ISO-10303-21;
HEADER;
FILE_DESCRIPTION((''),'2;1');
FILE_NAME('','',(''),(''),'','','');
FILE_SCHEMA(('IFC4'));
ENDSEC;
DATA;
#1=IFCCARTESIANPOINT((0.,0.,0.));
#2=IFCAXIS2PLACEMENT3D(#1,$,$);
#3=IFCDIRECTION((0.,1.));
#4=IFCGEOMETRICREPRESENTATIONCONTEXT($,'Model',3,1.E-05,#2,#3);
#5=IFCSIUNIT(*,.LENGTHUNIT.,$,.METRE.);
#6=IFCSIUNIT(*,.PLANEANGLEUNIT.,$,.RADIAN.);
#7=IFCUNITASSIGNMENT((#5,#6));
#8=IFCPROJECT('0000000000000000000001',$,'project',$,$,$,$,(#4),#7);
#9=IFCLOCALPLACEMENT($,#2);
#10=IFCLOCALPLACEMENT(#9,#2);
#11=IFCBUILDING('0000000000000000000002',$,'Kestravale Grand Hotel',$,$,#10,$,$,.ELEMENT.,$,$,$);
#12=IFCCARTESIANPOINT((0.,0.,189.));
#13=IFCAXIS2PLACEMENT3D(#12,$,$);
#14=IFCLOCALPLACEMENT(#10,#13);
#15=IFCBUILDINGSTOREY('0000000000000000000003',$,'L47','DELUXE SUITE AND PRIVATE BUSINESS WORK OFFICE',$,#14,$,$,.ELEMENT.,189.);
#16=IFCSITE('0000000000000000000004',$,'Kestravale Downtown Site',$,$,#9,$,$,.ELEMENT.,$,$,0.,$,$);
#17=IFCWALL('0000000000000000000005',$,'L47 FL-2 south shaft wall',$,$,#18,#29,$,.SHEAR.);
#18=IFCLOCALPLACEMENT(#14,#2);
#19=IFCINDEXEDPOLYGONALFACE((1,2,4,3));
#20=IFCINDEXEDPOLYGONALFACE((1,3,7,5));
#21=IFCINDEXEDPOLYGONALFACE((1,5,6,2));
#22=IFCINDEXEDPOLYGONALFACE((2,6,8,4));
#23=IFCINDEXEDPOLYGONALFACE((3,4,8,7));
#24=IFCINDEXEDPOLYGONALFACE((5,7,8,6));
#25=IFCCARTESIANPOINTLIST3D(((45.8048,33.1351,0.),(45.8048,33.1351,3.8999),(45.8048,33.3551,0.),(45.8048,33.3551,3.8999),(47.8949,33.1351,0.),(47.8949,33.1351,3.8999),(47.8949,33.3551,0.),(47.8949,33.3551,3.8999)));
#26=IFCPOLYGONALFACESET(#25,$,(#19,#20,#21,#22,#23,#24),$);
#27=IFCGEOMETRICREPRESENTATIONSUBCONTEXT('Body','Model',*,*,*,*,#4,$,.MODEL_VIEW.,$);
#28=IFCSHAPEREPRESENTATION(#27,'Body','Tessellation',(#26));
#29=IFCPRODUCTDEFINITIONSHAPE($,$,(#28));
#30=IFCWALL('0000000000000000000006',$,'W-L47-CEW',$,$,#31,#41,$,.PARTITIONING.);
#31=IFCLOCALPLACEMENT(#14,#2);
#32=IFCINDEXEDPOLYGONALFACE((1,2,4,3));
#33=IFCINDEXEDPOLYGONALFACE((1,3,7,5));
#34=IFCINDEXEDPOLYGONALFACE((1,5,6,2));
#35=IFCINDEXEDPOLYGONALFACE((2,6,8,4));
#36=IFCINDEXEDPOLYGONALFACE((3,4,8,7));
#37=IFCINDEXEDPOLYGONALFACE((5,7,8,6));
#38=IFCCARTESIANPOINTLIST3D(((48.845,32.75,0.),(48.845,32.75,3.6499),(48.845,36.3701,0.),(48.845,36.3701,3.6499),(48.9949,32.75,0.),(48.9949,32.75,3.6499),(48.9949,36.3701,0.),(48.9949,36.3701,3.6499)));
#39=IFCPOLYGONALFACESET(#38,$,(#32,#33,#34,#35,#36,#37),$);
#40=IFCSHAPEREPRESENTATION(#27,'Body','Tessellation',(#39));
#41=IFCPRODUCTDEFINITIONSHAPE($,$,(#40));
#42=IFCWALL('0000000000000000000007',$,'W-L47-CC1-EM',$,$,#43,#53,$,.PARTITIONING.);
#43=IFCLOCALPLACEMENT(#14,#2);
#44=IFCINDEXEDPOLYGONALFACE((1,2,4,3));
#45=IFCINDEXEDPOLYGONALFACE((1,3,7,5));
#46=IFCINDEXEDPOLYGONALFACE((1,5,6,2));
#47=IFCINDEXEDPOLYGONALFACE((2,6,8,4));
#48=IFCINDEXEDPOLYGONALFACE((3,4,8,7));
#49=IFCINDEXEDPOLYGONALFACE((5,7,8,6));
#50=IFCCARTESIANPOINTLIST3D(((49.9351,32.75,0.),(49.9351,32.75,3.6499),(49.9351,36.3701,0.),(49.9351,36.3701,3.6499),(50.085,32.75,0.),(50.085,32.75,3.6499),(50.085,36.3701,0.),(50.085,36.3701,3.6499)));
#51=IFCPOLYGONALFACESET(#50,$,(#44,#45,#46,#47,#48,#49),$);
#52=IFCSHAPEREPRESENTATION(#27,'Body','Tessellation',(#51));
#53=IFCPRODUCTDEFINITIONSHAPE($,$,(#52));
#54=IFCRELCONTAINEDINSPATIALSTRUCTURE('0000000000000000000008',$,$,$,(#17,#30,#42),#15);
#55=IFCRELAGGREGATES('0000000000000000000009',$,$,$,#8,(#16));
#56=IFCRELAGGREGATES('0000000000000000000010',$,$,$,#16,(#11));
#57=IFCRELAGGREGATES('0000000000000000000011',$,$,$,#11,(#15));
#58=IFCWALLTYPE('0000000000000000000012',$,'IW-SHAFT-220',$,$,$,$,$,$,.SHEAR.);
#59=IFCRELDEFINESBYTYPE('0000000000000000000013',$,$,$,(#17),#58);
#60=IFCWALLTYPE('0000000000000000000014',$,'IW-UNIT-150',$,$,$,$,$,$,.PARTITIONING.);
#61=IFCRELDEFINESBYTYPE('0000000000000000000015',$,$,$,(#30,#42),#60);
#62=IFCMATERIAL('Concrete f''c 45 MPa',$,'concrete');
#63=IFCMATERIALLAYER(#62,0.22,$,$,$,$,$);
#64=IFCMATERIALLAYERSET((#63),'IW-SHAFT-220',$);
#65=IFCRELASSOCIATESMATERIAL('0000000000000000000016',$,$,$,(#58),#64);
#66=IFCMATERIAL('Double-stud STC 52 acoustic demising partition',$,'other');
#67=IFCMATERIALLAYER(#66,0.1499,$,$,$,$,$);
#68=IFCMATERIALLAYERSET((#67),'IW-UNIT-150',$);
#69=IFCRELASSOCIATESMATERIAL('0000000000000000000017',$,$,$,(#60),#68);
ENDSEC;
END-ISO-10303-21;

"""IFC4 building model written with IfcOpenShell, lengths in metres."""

from ifc_helpers import new_model, si_unit, direction, frame, frame_2d, origin, place, context, subcontext, project, spatial, rectangle, extrude, material, layer, layer_set, type_object, element, save


model = new_model("IFC4")

# Units and contexts
model_context = context("Model", 3, precision=1e-05, world=origin(), true_north=direction((0.0, 1.0)))
body_context = subcontext(model_context, "Body", "Model", "MODEL_VIEW")
ifc_project = project(units=[si_unit("LENGTHUNIT", "METRE"), si_unit("PLANEANGLEUNIT", "RADIAN")], contexts=[model_context])

# Site, building, storey
site_placement = place(None, origin())
site = spatial("IfcSite", under=ifc_project, at=site_placement, Name="Kestravale Downtown Site", CompositionType="ELEMENT", RefElevation=0.0)
building_placement = place(site_placement, origin())
building = spatial("IfcBuilding", under=site, at=building_placement, Name="Kestravale Grand Hotel", CompositionType="ELEMENT")
storey_placement = place(building_placement, frame((0.0, 0.0, 189.0)))
storey = spatial("IfcBuildingStorey", under=building, at=storey_placement, Name="L47", Description="DELUXE SUITE AND PRIVATE BUSINESS WORK OFFICE", CompositionType="ELEMENT", Elevation=189.0)

# Shared definitions
ifc_material_1 = material(Name="Concrete f'c 45 MPa", Category="concrete")
ifc_layer_1 = layer(ifc_material_1, 0.22)
ifc_layer_set_1 = layer_set([ifc_layer_1], Name="IW-SHAFT-220")
wall_type_1 = type_object("IfcWallType", Name="IW-SHAFT-220", PredefinedType="SHEAR", material=ifc_layer_set_1)

# Walls
wall_1_placement = place(storey_placement, frame((45.8049, 33.2451, 0.0), z_axis=(0.0, 0.0, 1.0), x_axis=(1.0, 0.0, 0.0)))
element("IfcWall", 1, at=wall_1_placement, inside=storey, type_object=wall_type_1, Name="L47 FL-2 south shaft wall", PredefinedType="SHEAR", context=body_context, shape_type="SweptSolid", body=[
    extrude(rectangle(XDim=2.0901, YDim=0.22, at=frame_2d((1.0449, 0.0))), origin(), (0.0, 0.0, 1.0), 3.8999),
])
ifc_material_2 = material(Name="Double-stud STC 52 acoustic demising partition", Category="other")
ifc_layer_2 = layer(ifc_material_2, 0.1499)
ifc_layer_set_2 = layer_set([ifc_layer_2], Name="IW-UNIT-150")
wall_type_2 = type_object("IfcWallType", Name="IW-UNIT-150", PredefinedType="PARTITIONING", material=ifc_layer_set_2)
for number, where, z_axis, x_axis, name in (
    (2, (48.9199, 32.75, 0.0), (0.0, 0.0, 1.0), (0.0, 1.0, 0.0), "W-L47-CEW"),
    (3, (50.01, 32.75, 0.0), (0.0, 0.0, 1.0), (0.0, 1.0, 0.0), "W-L47-CC1-EM"),
):
    element("IfcWall", number, at=place(storey_placement, frame(where, z_axis=z_axis, x_axis=x_axis)), inside=storey, type_object=wall_type_2, Name=name, PredefinedType="PARTITIONING", context=body_context, shape_type="SweptSolid", body=[
        extrude(rectangle(XDim=3.6201, YDim=0.1499, at=frame_2d((1.8101, 0.0))), origin(), (0.0, 0.0, 1.0), 3.6499),
    ])

save(model, "model.ifc")
